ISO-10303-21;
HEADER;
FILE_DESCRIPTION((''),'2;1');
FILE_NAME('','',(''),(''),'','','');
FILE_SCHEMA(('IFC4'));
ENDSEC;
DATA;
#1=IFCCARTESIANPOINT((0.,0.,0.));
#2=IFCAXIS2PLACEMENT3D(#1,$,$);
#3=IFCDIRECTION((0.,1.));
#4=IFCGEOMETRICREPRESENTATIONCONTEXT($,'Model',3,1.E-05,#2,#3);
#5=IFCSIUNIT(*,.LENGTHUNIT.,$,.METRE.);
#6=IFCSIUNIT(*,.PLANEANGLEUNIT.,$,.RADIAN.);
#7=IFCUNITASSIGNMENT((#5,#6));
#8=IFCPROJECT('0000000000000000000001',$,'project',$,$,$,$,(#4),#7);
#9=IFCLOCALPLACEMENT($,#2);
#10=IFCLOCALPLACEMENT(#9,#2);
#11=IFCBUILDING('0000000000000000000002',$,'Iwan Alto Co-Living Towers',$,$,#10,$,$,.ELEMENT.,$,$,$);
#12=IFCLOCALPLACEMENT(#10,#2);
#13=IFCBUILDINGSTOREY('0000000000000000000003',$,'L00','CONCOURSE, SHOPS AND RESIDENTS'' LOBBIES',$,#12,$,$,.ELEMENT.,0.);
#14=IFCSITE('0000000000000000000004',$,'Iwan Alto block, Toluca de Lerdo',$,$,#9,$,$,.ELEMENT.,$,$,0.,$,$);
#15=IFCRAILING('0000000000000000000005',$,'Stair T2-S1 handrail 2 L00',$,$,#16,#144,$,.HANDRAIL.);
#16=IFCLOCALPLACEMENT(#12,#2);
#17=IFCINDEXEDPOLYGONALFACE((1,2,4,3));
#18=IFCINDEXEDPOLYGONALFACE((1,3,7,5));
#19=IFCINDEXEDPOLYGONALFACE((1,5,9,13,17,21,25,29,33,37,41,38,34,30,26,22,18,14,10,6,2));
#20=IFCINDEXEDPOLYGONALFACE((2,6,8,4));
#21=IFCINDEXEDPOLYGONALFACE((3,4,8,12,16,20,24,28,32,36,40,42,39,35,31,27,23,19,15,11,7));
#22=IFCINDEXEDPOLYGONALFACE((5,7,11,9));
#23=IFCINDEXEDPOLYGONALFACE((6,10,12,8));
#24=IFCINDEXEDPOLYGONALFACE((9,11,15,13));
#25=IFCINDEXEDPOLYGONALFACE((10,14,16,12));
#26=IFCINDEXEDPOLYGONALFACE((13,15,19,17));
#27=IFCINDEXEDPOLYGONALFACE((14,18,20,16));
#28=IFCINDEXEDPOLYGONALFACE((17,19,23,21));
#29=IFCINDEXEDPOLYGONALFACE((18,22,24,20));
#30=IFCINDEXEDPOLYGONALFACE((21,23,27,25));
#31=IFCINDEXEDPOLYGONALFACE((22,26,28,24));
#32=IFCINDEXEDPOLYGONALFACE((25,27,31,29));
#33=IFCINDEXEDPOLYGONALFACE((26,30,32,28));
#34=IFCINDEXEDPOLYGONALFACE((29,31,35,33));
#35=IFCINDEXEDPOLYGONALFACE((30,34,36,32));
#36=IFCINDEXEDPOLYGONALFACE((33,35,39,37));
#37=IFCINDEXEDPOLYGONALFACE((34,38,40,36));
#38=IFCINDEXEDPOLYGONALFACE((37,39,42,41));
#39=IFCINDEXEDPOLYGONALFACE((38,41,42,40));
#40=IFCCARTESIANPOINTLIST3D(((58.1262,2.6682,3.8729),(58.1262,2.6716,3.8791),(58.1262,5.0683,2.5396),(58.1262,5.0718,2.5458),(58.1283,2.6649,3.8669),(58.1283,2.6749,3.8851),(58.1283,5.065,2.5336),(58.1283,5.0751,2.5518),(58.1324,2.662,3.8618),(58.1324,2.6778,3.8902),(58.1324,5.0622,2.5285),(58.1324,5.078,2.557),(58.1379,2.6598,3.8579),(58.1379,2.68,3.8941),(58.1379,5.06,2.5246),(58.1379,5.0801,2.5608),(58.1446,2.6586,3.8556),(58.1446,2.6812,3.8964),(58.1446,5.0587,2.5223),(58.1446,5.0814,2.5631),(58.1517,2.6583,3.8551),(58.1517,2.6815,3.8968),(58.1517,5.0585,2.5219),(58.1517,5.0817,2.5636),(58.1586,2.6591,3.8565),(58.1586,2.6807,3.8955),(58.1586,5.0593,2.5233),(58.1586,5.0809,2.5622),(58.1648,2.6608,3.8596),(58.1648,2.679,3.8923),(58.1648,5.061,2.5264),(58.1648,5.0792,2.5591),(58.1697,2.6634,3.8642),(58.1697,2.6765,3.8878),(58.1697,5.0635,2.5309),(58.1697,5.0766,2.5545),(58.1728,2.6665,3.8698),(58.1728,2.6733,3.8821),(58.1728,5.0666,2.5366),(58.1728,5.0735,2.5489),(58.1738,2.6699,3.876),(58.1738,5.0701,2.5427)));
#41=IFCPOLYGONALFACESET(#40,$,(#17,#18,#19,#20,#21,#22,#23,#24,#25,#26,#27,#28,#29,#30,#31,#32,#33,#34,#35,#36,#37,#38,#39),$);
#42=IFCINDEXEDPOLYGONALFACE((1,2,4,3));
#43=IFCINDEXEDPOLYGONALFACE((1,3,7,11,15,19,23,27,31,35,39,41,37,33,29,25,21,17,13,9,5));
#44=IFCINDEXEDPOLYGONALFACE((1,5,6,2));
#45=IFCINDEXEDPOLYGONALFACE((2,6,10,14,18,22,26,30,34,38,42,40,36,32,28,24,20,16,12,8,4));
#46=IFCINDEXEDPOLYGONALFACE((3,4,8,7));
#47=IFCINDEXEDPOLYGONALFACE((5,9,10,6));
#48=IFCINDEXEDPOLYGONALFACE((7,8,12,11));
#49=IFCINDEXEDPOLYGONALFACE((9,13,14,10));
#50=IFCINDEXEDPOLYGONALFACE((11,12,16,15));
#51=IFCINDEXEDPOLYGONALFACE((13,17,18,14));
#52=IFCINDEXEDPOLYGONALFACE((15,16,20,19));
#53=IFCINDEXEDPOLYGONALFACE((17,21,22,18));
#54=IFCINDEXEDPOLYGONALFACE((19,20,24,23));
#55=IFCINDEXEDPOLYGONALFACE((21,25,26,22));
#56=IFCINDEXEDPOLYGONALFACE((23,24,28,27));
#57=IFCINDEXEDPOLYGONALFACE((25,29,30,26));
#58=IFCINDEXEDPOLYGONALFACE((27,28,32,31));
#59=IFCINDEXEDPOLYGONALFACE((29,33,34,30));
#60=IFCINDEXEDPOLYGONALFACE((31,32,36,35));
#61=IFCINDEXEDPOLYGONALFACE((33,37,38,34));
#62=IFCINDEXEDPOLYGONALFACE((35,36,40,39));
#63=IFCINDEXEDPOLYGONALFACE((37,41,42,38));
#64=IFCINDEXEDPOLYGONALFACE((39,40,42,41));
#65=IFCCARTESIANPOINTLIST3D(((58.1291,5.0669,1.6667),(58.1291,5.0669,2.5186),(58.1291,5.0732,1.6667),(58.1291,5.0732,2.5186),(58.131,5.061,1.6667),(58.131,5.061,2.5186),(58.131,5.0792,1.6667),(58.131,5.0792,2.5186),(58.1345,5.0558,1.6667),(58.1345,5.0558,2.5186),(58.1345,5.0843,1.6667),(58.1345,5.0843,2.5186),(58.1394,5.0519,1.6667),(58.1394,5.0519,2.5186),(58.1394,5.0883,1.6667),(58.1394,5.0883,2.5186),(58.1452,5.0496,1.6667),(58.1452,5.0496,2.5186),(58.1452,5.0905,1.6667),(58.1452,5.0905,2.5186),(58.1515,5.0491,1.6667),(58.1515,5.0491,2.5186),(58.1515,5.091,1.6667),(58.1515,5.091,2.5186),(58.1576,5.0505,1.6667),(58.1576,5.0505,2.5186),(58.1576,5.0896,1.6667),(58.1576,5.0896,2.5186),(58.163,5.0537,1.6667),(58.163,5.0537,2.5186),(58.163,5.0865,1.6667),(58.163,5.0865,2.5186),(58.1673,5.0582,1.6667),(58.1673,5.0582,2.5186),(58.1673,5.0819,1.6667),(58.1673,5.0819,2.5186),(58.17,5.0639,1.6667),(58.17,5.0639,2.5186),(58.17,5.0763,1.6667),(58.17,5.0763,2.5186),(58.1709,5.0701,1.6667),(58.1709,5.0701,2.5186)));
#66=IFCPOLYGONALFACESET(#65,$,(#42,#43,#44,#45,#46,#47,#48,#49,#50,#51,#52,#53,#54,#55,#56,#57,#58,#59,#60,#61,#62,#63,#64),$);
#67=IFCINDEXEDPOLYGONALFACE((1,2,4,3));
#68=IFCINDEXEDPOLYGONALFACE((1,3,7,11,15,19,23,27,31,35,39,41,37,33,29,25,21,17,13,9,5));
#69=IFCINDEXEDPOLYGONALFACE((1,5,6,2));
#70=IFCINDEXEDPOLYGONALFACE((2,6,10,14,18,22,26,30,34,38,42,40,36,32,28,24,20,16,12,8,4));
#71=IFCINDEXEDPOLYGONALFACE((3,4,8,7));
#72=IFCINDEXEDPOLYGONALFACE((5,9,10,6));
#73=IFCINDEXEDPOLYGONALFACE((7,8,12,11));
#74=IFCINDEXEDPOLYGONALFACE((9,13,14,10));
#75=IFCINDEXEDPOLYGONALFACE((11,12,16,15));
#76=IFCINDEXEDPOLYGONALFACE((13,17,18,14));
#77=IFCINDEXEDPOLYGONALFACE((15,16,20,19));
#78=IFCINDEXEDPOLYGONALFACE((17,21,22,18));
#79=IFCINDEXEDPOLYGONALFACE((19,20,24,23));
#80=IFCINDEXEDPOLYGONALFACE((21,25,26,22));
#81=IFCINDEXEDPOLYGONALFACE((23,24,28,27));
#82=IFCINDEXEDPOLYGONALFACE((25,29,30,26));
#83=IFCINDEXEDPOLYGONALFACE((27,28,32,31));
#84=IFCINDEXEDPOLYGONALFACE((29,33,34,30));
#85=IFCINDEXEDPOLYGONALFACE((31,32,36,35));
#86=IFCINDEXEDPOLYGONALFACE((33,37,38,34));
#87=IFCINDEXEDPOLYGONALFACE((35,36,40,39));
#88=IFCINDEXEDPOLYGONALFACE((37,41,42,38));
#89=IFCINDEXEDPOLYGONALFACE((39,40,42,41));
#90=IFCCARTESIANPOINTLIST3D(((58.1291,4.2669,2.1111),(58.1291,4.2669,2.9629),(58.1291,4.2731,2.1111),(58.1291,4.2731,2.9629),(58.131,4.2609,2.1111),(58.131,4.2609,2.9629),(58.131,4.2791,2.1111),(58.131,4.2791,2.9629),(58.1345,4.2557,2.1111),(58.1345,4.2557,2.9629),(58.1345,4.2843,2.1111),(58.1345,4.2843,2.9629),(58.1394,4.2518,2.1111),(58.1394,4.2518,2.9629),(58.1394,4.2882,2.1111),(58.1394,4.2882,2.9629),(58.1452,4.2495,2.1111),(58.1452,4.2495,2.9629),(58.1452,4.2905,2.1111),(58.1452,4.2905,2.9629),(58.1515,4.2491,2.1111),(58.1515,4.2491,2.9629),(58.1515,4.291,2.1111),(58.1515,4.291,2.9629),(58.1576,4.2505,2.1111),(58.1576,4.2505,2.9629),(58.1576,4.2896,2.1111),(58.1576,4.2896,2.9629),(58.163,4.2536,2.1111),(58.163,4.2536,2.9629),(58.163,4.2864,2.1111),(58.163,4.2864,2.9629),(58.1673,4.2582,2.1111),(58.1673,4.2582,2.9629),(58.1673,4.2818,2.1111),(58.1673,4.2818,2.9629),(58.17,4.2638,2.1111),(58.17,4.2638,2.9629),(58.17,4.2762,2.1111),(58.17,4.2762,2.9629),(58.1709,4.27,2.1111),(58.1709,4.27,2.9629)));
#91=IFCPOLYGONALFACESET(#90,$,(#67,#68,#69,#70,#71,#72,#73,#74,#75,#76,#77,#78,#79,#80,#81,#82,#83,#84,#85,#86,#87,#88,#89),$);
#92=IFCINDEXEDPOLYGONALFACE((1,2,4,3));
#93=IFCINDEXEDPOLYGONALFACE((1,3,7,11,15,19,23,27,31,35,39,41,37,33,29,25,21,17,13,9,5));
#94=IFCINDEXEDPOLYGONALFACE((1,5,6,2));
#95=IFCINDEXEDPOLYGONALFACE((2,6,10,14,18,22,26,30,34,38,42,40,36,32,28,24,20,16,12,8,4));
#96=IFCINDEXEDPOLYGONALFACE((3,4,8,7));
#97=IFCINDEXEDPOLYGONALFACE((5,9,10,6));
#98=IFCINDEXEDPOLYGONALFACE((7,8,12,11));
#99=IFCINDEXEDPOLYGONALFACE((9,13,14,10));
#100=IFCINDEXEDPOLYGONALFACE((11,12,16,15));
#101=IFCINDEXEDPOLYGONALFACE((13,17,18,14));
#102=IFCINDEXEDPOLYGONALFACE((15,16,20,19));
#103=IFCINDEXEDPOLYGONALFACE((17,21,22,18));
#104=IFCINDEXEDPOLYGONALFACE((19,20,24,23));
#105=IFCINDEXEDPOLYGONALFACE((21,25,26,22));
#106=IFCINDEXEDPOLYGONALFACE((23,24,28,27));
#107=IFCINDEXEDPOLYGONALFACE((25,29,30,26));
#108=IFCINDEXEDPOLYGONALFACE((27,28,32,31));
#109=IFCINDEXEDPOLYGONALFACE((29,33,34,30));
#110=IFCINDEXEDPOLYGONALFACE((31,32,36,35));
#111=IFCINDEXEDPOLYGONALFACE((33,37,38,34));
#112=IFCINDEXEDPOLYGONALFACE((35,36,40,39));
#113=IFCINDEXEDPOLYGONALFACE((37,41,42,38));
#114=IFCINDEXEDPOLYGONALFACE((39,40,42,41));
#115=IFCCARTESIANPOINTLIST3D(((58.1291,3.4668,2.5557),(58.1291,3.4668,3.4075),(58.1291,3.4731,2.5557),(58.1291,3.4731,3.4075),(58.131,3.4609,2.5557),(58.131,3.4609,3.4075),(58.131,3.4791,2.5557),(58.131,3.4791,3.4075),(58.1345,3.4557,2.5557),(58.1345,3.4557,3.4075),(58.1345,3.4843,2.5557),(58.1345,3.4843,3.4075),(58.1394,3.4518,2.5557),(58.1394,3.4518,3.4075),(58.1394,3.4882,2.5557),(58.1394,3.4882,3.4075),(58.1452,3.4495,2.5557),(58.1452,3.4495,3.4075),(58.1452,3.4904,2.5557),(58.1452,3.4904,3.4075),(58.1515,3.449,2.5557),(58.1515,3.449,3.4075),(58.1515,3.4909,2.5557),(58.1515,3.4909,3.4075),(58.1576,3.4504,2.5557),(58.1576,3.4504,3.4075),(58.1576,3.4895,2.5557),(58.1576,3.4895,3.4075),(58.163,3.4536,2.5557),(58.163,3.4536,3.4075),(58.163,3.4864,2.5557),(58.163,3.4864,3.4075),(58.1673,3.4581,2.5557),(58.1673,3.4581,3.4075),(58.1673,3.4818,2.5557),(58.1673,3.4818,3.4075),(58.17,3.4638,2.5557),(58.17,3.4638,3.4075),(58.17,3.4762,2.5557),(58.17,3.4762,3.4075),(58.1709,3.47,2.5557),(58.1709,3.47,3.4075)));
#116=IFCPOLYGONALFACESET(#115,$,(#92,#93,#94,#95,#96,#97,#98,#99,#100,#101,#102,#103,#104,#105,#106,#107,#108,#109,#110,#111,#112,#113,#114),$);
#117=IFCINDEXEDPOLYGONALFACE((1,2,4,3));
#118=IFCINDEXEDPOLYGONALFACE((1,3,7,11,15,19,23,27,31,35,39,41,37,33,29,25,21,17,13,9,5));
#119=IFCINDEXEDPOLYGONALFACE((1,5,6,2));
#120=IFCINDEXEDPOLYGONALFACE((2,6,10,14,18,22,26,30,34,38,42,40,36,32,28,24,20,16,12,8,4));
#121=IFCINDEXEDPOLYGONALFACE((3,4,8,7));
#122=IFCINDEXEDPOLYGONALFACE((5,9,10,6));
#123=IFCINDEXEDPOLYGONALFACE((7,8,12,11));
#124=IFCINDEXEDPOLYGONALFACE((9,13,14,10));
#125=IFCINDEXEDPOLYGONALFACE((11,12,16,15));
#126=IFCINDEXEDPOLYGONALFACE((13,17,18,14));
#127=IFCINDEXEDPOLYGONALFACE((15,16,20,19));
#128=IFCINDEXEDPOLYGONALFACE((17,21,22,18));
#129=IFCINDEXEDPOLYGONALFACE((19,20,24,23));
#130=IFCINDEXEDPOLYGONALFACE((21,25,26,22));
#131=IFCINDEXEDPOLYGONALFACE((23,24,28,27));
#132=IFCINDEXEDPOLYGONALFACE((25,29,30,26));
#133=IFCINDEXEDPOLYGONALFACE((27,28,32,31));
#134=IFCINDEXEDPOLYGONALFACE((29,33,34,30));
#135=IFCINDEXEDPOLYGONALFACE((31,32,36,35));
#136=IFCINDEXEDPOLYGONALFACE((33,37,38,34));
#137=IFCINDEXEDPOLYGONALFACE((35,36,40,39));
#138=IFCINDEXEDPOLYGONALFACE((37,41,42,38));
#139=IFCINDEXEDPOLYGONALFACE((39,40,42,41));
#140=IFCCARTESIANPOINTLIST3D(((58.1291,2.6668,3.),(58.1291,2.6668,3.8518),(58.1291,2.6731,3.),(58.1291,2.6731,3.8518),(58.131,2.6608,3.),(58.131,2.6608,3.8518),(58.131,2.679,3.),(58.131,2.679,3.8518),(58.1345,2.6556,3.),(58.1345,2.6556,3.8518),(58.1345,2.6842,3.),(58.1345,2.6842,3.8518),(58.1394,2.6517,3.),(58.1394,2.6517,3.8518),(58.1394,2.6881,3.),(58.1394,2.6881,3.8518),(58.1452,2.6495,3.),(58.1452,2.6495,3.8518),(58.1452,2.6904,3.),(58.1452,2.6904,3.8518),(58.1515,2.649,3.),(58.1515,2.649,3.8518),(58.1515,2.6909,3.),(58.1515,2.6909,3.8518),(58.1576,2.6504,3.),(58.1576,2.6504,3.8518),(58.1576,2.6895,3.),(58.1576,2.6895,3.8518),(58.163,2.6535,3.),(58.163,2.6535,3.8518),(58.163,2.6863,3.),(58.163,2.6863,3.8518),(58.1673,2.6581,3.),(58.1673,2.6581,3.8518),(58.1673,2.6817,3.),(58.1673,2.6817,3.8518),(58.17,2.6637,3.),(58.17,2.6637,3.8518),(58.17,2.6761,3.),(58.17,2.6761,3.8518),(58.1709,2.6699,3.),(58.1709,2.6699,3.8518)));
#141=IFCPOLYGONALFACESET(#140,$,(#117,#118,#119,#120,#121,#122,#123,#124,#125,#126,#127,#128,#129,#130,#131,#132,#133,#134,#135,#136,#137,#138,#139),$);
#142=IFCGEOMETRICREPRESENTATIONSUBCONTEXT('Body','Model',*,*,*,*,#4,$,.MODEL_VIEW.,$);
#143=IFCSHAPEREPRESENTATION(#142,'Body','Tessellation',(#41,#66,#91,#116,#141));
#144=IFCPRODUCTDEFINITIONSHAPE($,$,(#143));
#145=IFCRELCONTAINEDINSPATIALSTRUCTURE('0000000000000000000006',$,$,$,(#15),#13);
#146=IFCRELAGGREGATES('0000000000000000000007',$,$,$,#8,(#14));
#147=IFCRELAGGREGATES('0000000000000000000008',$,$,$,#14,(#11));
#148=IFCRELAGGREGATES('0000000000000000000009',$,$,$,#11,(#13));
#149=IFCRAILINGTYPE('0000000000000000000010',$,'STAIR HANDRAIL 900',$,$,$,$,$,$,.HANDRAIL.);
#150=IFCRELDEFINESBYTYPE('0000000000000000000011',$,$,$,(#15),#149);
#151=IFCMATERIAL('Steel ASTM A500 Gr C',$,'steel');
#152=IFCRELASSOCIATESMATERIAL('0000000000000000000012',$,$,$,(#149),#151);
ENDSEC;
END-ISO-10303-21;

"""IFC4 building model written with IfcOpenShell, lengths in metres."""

from ifc_helpers import new_model, si_unit, direction, frame, origin, origin_2d, place, context, subcontext, project, spatial, circle, extrude, material, type_object, element, save


model = new_model("IFC4")

# Units and contexts
model_context = context("Model", 3, precision=1e-05, world=origin(), true_north=direction((0.0, 1.0)))
body_context = subcontext(model_context, "Body", "Model", "MODEL_VIEW")
ifc_project = project(units=[si_unit("LENGTHUNIT", "METRE"), si_unit("PLANEANGLEUNIT", "RADIAN")], contexts=[model_context])

# Site, building, storey
site_placement = place(None, origin())
site = spatial("IfcSite", under=ifc_project, at=site_placement, Name="Iwan Alto block, Toluca de Lerdo", CompositionType="ELEMENT", RefElevation=0.0)
building_placement = place(site_placement, origin())
building = spatial("IfcBuilding", under=site, at=building_placement, Name="Iwan Alto Co-Living Towers", CompositionType="ELEMENT")
storey_placement = place(building_placement, origin())
storey = spatial("IfcBuildingStorey", under=building, at=storey_placement, Name="L00", Description="CONCOURSE, SHOPS AND RESIDENTS' LOBBIES", CompositionType="ELEMENT", Elevation=0.0)

# Railing
ifc_material_1 = material(Name="Steel ASTM A500 Gr C", Category="steel")
railing_type_1 = type_object("IfcRailingType", Name="STAIR HANDRAIL 900", PredefinedType="HANDRAIL", material=ifc_material_1)
railing_1_placement = place(storey_placement, frame((58.1499, 5.0701, 1.6667)))
element("IfcRailing", 1, at=railing_1_placement, inside=storey, type_object=railing_type_1, Name="Stair T2-S1 handrail 2 L00", PredefinedType="HANDRAIL", context=body_context, shape_type="SweptSolid", body=[
    extrude(circle(Radius=0.0239, at=origin_2d()), frame((0.0, 0.0, 0.876), z_axis=(0.0, -0.874182, 0.485598), x_axis=(1.0, 0.0, 0.0)), (0.0, 0.0, 1.0), 2.7456),
    extrude(circle(Radius=0.021, at=origin_2d()), origin(), (0.0, 0.0, 1.0), 0.8518),
    extrude(circle(Radius=0.021, at=origin_2d()), frame((0.0, -0.8, 0.4443)), (0.0, 0.0, 1.0), 0.8518),
    extrude(circle(Radius=0.021, at=origin_2d()), frame((0.0, -1.6001, 0.8889)), (0.0, 0.0, 1.0), 0.8518),
    extrude(circle(Radius=0.021, at=origin_2d()), frame((0.0, -2.4001, 1.3333)), (0.0, 0.0, 1.0), 0.8518),
])

save(model, "model.ifc")
